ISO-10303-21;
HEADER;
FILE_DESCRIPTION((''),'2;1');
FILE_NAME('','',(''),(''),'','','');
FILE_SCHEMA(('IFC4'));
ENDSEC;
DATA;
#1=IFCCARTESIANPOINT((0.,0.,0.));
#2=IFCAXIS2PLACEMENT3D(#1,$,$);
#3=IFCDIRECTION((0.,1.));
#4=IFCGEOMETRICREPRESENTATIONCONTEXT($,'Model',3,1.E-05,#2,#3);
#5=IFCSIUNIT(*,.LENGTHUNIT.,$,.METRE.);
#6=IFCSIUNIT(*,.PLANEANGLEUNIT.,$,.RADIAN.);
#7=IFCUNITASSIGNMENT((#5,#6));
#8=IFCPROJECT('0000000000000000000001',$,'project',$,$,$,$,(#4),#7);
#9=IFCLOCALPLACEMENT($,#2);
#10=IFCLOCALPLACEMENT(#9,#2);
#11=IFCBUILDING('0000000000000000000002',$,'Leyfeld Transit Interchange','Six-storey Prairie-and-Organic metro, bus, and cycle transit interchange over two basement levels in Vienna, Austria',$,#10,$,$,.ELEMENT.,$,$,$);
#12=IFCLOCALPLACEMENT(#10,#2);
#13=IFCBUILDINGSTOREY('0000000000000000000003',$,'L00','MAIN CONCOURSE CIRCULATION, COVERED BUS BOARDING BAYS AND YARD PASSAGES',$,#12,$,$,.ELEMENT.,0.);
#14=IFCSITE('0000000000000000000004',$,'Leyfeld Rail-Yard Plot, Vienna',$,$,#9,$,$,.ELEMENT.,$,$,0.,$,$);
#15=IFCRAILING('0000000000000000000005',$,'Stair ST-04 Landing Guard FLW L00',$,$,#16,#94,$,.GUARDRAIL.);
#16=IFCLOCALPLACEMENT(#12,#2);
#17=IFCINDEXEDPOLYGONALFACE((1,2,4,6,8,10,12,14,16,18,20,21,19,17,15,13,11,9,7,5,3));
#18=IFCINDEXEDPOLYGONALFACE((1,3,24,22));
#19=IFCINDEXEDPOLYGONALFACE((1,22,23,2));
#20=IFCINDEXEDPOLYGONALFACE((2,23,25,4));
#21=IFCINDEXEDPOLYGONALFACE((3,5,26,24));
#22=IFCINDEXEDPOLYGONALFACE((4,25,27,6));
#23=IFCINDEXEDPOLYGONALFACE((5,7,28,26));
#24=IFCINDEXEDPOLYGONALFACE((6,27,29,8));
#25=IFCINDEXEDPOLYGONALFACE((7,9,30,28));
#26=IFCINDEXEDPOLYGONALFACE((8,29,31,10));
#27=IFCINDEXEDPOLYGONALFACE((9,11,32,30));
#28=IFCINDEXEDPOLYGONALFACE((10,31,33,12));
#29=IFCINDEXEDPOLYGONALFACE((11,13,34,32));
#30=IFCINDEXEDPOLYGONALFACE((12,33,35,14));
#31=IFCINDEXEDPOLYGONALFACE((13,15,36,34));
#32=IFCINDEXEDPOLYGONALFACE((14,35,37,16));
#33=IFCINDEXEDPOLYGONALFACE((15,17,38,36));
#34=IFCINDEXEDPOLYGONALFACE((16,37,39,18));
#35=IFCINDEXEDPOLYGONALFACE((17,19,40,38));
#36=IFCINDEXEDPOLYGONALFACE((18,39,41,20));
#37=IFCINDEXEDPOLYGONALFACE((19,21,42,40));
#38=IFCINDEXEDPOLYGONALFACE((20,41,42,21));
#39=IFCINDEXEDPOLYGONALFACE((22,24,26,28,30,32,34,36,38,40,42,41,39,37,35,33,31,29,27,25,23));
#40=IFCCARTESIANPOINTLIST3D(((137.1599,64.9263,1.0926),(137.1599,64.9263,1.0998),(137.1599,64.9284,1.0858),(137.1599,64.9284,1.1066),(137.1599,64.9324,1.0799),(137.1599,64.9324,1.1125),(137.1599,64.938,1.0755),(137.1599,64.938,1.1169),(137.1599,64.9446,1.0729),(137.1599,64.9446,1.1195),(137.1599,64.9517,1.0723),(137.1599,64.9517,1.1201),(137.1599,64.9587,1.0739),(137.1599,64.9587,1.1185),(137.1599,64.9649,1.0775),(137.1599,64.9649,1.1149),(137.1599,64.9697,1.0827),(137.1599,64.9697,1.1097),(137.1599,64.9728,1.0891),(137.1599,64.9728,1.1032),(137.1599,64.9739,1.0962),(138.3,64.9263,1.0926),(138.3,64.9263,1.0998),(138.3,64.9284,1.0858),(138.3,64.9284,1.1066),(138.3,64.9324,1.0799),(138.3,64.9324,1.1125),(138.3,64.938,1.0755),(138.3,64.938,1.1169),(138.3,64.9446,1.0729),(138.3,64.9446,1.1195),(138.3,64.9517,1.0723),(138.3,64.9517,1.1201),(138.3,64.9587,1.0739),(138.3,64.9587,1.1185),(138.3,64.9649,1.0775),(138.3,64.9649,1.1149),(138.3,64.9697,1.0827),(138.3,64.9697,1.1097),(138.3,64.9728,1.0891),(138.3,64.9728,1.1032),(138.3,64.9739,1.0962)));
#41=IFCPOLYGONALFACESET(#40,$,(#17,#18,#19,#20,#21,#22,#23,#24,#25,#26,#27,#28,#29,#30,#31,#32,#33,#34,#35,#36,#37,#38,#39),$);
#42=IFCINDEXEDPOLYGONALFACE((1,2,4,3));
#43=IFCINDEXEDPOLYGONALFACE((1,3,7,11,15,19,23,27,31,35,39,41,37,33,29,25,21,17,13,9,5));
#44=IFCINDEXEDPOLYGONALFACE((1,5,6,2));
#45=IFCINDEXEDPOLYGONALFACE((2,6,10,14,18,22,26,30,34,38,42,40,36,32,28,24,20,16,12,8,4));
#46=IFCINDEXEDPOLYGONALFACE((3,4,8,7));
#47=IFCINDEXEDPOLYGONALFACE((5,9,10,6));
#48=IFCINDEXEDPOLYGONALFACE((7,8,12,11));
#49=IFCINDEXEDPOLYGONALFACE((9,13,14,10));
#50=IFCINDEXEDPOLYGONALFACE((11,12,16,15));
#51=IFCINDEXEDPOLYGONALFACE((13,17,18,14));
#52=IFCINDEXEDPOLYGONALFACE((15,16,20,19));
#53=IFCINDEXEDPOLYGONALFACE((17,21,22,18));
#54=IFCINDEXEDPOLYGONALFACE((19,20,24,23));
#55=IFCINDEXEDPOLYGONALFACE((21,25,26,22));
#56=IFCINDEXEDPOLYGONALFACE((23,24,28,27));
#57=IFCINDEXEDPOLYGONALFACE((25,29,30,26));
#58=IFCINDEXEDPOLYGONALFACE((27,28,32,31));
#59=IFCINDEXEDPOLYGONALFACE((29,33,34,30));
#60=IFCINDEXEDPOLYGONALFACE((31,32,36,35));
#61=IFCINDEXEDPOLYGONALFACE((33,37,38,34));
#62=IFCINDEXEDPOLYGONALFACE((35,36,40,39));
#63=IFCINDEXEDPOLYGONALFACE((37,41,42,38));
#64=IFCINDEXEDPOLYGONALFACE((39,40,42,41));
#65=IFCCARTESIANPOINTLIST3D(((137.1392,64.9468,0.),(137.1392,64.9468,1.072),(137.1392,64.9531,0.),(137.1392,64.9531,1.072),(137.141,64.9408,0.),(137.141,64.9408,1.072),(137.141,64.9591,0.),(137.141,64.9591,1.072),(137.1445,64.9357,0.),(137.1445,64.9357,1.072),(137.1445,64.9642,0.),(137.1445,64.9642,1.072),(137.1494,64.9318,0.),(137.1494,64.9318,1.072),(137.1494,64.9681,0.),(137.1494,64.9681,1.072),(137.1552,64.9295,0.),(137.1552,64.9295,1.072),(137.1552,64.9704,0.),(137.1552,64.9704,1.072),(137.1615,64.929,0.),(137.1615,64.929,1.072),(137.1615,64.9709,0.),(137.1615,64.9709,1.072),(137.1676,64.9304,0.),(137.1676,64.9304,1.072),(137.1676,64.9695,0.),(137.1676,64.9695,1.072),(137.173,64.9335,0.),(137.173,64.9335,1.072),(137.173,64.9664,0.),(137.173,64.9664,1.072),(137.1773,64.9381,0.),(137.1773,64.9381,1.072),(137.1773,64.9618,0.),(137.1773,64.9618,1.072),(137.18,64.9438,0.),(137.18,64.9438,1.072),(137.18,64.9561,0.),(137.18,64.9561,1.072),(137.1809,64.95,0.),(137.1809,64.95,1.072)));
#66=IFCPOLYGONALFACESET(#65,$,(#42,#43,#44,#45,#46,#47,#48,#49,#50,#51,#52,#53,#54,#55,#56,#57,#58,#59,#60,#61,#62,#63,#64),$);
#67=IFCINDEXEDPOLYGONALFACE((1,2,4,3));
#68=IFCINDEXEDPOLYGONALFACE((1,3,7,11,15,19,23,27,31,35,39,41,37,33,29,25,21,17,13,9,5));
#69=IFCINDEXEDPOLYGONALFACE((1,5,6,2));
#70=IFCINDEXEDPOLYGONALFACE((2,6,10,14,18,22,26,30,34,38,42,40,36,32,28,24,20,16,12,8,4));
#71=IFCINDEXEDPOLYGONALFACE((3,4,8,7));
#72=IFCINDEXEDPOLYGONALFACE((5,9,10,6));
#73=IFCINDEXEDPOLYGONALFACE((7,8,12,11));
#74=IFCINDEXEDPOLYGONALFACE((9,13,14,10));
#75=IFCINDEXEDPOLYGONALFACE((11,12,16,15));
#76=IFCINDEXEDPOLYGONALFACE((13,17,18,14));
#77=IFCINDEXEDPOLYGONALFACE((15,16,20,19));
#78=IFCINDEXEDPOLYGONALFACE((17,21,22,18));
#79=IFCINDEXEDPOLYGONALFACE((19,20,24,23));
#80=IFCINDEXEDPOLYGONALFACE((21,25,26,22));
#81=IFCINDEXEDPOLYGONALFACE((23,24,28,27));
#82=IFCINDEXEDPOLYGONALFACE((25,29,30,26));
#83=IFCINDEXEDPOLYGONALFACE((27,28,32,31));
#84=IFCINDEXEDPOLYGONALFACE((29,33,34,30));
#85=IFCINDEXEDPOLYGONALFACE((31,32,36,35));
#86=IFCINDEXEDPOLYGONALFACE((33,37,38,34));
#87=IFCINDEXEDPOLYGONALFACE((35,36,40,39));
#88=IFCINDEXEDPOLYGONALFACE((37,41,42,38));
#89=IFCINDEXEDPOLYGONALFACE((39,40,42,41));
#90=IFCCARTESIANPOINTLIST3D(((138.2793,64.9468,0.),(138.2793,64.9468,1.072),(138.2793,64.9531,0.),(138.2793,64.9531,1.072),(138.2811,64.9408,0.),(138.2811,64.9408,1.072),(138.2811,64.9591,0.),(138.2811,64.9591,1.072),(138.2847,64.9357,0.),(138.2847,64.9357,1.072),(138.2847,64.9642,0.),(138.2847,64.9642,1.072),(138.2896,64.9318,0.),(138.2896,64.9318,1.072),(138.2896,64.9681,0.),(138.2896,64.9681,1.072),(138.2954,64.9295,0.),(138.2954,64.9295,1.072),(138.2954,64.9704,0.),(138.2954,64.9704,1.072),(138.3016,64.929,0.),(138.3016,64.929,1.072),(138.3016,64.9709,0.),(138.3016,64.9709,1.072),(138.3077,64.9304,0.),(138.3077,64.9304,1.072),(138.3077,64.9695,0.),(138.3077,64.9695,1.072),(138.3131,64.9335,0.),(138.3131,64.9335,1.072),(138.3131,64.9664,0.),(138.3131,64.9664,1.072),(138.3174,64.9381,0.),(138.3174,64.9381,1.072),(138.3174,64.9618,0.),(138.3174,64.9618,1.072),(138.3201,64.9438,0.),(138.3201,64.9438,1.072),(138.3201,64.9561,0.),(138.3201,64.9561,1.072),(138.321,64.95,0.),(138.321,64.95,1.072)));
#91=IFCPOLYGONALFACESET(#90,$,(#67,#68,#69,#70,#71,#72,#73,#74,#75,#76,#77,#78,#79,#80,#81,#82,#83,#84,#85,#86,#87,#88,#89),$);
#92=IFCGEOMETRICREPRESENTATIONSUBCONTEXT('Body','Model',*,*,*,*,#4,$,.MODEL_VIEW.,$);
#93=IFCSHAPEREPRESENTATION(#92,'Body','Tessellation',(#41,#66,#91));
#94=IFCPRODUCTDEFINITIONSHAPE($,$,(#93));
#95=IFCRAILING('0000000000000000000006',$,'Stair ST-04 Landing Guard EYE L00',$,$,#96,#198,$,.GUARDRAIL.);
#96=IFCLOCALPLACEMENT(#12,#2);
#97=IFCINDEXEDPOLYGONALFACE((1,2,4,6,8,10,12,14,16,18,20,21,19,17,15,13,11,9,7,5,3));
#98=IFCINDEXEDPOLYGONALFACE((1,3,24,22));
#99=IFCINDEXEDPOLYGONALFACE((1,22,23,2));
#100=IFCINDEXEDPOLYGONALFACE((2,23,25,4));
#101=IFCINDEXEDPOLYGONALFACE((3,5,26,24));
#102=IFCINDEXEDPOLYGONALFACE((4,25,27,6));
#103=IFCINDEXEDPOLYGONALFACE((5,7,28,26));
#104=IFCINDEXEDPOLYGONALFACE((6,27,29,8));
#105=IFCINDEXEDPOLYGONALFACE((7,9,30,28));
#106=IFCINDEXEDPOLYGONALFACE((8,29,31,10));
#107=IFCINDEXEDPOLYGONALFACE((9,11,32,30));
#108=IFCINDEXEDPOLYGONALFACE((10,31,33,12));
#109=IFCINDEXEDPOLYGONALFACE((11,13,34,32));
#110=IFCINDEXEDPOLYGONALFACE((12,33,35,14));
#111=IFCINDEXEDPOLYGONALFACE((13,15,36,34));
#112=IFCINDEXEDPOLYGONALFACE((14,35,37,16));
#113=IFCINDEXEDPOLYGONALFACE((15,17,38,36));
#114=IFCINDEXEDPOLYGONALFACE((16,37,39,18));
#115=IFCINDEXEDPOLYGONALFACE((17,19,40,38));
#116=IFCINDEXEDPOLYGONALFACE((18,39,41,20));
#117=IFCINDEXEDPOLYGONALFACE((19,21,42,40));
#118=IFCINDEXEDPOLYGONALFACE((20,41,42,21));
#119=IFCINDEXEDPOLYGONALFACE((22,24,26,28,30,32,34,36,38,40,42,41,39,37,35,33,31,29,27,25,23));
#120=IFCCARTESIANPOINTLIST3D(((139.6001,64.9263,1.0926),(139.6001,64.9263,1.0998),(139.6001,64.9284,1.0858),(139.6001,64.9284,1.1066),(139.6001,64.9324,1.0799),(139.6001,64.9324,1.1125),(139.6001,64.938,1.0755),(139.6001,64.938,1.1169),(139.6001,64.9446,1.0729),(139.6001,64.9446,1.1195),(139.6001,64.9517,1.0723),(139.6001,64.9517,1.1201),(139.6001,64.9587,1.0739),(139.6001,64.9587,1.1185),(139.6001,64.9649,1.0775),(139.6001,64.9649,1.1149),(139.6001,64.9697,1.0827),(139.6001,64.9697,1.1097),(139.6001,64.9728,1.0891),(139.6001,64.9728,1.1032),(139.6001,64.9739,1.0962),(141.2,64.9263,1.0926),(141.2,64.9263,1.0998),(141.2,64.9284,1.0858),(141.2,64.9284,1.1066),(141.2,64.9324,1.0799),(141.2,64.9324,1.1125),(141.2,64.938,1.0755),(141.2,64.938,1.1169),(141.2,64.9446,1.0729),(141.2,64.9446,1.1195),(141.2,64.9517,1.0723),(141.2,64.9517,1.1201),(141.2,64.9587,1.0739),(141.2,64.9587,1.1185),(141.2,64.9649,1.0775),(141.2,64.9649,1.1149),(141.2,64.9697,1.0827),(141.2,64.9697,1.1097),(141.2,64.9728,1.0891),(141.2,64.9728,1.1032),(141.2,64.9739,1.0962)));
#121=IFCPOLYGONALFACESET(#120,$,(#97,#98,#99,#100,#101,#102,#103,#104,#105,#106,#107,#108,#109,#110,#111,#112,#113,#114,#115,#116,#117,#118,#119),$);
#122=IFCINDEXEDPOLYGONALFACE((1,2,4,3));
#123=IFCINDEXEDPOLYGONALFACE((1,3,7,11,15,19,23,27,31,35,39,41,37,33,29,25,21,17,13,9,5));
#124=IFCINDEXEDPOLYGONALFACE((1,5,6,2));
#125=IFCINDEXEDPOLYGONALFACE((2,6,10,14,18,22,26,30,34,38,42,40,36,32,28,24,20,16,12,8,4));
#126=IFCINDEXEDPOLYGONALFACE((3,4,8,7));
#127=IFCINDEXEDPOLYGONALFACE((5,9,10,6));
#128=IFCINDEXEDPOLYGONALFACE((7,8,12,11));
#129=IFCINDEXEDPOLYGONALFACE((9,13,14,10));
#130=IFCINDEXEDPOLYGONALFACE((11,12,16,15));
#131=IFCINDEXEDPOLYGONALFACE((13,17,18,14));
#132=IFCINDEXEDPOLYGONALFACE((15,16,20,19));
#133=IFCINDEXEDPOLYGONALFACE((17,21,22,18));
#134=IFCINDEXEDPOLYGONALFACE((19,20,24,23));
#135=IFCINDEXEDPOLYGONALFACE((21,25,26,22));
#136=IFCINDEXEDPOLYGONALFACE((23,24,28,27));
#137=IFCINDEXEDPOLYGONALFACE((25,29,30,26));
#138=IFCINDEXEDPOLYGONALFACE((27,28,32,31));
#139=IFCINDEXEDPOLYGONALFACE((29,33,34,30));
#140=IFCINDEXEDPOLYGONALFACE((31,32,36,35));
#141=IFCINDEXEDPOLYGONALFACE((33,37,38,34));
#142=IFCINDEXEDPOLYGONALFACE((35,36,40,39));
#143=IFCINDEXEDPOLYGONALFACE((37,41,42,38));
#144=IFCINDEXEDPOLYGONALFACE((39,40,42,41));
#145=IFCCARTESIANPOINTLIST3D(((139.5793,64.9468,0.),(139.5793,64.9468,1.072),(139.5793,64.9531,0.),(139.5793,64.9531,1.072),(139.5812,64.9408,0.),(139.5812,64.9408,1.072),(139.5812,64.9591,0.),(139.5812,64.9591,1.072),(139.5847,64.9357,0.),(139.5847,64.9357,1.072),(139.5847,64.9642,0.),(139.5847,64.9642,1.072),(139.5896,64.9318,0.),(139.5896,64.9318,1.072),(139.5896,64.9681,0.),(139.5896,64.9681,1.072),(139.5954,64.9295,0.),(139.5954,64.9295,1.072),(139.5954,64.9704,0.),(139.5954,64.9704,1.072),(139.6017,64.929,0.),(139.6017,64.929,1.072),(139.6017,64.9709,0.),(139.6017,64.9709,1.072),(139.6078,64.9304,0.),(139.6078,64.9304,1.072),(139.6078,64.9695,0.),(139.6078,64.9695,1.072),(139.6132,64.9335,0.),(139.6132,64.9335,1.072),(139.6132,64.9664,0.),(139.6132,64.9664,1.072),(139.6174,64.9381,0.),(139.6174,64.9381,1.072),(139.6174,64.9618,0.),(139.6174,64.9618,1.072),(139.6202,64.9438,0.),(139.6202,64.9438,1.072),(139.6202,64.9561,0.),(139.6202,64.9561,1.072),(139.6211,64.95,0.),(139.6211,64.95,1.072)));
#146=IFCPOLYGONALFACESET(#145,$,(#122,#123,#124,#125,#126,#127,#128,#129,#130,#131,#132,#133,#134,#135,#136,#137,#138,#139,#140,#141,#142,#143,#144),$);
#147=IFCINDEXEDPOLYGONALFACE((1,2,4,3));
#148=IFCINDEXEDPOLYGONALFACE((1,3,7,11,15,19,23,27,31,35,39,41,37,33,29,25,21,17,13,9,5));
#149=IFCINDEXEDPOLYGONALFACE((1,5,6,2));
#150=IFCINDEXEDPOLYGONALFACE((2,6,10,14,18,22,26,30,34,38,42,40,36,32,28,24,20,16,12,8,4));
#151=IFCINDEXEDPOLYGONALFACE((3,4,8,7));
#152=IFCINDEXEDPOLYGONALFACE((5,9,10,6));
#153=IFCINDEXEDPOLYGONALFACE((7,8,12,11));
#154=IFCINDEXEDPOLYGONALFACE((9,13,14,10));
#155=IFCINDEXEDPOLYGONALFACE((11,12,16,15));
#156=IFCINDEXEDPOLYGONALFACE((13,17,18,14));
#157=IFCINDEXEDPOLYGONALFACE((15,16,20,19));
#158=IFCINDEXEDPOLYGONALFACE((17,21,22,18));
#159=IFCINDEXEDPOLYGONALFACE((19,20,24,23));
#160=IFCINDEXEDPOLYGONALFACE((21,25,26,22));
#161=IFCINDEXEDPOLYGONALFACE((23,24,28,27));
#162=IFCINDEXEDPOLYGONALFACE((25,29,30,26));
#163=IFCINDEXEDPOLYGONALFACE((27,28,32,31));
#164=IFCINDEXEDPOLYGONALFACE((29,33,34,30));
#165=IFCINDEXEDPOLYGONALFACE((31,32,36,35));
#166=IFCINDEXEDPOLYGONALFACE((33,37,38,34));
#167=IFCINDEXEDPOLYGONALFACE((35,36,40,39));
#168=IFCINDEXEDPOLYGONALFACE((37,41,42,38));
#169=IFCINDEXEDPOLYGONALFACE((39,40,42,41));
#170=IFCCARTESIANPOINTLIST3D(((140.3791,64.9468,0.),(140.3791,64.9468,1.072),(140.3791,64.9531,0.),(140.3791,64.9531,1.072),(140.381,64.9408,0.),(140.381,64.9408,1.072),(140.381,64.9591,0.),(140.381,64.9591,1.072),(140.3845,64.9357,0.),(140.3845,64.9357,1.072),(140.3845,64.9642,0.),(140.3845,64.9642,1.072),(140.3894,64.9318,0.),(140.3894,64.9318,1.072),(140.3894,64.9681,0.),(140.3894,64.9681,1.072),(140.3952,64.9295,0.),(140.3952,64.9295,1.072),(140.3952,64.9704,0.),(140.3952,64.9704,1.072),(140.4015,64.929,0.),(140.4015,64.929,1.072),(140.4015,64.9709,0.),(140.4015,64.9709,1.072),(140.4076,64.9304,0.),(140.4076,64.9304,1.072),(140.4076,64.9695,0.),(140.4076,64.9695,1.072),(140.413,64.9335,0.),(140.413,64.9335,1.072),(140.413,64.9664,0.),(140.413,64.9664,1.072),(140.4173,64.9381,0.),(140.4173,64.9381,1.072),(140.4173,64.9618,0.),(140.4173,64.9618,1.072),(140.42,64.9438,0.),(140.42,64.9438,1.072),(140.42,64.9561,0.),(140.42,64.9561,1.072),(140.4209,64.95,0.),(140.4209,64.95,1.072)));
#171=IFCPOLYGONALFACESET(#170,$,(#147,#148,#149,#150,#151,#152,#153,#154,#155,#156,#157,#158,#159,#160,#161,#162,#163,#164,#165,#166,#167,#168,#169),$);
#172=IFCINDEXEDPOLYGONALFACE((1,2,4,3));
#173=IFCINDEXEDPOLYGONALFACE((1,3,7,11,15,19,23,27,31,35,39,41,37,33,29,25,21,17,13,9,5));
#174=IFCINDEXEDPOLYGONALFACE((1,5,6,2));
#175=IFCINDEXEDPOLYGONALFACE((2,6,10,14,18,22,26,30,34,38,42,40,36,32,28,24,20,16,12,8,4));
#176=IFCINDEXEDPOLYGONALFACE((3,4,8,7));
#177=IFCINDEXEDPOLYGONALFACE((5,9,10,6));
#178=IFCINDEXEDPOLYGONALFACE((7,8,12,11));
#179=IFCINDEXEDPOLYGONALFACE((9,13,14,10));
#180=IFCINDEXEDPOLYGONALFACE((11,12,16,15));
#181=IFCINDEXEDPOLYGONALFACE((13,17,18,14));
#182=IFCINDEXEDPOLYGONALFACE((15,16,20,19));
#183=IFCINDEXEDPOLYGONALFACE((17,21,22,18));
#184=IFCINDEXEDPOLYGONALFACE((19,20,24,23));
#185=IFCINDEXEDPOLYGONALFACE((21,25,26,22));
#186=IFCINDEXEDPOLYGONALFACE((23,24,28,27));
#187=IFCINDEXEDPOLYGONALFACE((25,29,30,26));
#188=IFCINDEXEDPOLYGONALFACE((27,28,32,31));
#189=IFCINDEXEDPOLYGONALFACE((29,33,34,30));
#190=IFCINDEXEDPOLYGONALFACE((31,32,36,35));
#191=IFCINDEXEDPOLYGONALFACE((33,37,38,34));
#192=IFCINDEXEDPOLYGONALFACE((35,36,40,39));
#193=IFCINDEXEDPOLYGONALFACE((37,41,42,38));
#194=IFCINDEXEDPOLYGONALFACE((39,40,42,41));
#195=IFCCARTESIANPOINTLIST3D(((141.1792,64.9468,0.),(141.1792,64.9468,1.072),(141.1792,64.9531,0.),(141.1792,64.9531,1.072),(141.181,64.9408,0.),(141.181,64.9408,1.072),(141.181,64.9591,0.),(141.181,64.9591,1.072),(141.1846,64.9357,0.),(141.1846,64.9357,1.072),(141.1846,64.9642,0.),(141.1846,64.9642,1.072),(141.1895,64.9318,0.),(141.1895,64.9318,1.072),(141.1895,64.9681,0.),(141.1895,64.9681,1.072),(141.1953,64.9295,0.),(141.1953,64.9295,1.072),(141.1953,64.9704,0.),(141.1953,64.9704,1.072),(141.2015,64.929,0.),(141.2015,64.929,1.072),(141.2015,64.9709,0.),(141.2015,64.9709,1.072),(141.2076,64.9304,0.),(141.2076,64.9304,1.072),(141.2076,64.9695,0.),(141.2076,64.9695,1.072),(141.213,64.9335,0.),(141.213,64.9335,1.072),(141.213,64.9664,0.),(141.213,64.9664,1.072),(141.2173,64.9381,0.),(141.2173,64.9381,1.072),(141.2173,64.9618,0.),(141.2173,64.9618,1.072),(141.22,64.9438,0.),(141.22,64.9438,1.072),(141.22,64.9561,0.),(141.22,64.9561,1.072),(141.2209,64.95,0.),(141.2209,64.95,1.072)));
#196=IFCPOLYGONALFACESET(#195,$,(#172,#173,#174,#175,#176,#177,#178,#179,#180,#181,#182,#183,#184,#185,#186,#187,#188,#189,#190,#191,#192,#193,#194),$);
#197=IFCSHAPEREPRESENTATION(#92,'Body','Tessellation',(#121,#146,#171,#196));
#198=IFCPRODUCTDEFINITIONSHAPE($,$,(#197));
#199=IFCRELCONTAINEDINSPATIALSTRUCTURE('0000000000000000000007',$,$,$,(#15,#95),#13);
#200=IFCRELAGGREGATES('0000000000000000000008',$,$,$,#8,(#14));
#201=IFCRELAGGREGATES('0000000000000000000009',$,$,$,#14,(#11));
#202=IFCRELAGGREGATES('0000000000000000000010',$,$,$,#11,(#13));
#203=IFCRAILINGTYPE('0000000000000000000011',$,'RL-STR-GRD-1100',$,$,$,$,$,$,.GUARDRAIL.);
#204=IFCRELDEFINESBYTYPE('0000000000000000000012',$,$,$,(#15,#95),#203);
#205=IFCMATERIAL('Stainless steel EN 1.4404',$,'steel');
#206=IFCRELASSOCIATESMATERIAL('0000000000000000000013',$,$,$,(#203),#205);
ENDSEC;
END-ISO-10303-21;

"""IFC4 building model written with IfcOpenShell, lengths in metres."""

from ifc_helpers import new_model, si_unit, direction, frame, origin, origin_2d, place, context, subcontext, project, spatial, circle, extrude, material, type_object, element, save


model = new_model("IFC4")

# Units and contexts
model_context = context("Model", 3, precision=1e-05, world=origin(), true_north=direction((0.0, 1.0)))
body_context = subcontext(model_context, "Body", "Model", "MODEL_VIEW")
ifc_project = project(units=[si_unit("LENGTHUNIT", "METRE"), si_unit("PLANEANGLEUNIT", "RADIAN")], contexts=[model_context])

# Site, building, storey
site_placement = place(None, origin())
site = spatial("IfcSite", under=ifc_project, at=site_placement, Name="Leyfeld Rail-Yard Plot, Vienna", CompositionType="ELEMENT", RefElevation=0.0)
building_placement = place(site_placement, origin())
building = spatial("IfcBuilding", under=site, at=building_placement, Name="Leyfeld Transit Interchange", Description="Six-storey Prairie-and-Organic metro, bus, and cycle transit interchange over two basement levels in Vienna, Austria", CompositionType="ELEMENT")
storey_placement = place(building_placement, origin())
storey = spatial("IfcBuildingStorey", under=building, at=storey_placement, Name="L00", Description="MAIN CONCOURSE CIRCULATION, COVERED BUS BOARDING BAYS AND YARD PASSAGES", CompositionType="ELEMENT", Elevation=0.0)

# Railings
ifc_material_1 = material(Name="Stainless steel EN 1.4404", Category="steel")
railing_type_1 = type_object("IfcRailingType", Name="RL-STR-GRD-1100", PredefinedType="GUARDRAIL", material=ifc_material_1)
railing_1_placement = place(storey_placement, frame((137.1599, 64.95, 0.0)))
element("IfcRailing", 1, at=railing_1_placement, inside=storey, type_object=railing_type_1, Name="Stair ST-04 Landing Guard FLW L00", PredefinedType="GUARDRAIL", context=body_context, shape_type="SweptSolid", body=[
    extrude(circle(Radius=0.0239, at=origin_2d()), frame((0.0, 0.0, 1.0962), z_axis=(1.0, 0.0, 0.0), x_axis=(0.0, 1.0, 0.0)), (0.0, 0.0, 1.0), 1.1401),
    extrude(circle(Radius=0.021, at=origin_2d()), origin(), (0.0, 0.0, 1.0), 1.072),
    extrude(circle(Radius=0.021, at=origin_2d()), frame((1.1401, 0.0, 0.0)), (0.0, 0.0, 1.0), 1.072),
])
railing_2_placement = place(storey_placement, frame((139.6001, 64.95, 0.0)))
element("IfcRailing", 2, at=railing_2_placement, inside=storey, type_object=railing_type_1, Name="Stair ST-04 Landing Guard EYE L00", PredefinedType="GUARDRAIL", context=body_context, shape_type="SweptSolid", body=[
    extrude(circle(Radius=0.0239, at=origin_2d()), frame((0.0, 0.0, 1.0962), z_axis=(1.0, 0.0, 0.0), x_axis=(0.0, 1.0, 0.0)), (0.0, 0.0, 1.0), 1.5999),
    extrude(circle(Radius=0.021, at=origin_2d()), origin(), (0.0, 0.0, 1.0), 1.072),
    extrude(circle(Radius=0.021, at=origin_2d()), frame((0.7998, 0.0, 0.0)), (0.0, 0.0, 1.0), 1.072),
    extrude(circle(Radius=0.021, at=origin_2d()), frame((1.5999, 0.0, 0.0)), (0.0, 0.0, 1.0), 1.072),
])

save(model, "model.ifc")
